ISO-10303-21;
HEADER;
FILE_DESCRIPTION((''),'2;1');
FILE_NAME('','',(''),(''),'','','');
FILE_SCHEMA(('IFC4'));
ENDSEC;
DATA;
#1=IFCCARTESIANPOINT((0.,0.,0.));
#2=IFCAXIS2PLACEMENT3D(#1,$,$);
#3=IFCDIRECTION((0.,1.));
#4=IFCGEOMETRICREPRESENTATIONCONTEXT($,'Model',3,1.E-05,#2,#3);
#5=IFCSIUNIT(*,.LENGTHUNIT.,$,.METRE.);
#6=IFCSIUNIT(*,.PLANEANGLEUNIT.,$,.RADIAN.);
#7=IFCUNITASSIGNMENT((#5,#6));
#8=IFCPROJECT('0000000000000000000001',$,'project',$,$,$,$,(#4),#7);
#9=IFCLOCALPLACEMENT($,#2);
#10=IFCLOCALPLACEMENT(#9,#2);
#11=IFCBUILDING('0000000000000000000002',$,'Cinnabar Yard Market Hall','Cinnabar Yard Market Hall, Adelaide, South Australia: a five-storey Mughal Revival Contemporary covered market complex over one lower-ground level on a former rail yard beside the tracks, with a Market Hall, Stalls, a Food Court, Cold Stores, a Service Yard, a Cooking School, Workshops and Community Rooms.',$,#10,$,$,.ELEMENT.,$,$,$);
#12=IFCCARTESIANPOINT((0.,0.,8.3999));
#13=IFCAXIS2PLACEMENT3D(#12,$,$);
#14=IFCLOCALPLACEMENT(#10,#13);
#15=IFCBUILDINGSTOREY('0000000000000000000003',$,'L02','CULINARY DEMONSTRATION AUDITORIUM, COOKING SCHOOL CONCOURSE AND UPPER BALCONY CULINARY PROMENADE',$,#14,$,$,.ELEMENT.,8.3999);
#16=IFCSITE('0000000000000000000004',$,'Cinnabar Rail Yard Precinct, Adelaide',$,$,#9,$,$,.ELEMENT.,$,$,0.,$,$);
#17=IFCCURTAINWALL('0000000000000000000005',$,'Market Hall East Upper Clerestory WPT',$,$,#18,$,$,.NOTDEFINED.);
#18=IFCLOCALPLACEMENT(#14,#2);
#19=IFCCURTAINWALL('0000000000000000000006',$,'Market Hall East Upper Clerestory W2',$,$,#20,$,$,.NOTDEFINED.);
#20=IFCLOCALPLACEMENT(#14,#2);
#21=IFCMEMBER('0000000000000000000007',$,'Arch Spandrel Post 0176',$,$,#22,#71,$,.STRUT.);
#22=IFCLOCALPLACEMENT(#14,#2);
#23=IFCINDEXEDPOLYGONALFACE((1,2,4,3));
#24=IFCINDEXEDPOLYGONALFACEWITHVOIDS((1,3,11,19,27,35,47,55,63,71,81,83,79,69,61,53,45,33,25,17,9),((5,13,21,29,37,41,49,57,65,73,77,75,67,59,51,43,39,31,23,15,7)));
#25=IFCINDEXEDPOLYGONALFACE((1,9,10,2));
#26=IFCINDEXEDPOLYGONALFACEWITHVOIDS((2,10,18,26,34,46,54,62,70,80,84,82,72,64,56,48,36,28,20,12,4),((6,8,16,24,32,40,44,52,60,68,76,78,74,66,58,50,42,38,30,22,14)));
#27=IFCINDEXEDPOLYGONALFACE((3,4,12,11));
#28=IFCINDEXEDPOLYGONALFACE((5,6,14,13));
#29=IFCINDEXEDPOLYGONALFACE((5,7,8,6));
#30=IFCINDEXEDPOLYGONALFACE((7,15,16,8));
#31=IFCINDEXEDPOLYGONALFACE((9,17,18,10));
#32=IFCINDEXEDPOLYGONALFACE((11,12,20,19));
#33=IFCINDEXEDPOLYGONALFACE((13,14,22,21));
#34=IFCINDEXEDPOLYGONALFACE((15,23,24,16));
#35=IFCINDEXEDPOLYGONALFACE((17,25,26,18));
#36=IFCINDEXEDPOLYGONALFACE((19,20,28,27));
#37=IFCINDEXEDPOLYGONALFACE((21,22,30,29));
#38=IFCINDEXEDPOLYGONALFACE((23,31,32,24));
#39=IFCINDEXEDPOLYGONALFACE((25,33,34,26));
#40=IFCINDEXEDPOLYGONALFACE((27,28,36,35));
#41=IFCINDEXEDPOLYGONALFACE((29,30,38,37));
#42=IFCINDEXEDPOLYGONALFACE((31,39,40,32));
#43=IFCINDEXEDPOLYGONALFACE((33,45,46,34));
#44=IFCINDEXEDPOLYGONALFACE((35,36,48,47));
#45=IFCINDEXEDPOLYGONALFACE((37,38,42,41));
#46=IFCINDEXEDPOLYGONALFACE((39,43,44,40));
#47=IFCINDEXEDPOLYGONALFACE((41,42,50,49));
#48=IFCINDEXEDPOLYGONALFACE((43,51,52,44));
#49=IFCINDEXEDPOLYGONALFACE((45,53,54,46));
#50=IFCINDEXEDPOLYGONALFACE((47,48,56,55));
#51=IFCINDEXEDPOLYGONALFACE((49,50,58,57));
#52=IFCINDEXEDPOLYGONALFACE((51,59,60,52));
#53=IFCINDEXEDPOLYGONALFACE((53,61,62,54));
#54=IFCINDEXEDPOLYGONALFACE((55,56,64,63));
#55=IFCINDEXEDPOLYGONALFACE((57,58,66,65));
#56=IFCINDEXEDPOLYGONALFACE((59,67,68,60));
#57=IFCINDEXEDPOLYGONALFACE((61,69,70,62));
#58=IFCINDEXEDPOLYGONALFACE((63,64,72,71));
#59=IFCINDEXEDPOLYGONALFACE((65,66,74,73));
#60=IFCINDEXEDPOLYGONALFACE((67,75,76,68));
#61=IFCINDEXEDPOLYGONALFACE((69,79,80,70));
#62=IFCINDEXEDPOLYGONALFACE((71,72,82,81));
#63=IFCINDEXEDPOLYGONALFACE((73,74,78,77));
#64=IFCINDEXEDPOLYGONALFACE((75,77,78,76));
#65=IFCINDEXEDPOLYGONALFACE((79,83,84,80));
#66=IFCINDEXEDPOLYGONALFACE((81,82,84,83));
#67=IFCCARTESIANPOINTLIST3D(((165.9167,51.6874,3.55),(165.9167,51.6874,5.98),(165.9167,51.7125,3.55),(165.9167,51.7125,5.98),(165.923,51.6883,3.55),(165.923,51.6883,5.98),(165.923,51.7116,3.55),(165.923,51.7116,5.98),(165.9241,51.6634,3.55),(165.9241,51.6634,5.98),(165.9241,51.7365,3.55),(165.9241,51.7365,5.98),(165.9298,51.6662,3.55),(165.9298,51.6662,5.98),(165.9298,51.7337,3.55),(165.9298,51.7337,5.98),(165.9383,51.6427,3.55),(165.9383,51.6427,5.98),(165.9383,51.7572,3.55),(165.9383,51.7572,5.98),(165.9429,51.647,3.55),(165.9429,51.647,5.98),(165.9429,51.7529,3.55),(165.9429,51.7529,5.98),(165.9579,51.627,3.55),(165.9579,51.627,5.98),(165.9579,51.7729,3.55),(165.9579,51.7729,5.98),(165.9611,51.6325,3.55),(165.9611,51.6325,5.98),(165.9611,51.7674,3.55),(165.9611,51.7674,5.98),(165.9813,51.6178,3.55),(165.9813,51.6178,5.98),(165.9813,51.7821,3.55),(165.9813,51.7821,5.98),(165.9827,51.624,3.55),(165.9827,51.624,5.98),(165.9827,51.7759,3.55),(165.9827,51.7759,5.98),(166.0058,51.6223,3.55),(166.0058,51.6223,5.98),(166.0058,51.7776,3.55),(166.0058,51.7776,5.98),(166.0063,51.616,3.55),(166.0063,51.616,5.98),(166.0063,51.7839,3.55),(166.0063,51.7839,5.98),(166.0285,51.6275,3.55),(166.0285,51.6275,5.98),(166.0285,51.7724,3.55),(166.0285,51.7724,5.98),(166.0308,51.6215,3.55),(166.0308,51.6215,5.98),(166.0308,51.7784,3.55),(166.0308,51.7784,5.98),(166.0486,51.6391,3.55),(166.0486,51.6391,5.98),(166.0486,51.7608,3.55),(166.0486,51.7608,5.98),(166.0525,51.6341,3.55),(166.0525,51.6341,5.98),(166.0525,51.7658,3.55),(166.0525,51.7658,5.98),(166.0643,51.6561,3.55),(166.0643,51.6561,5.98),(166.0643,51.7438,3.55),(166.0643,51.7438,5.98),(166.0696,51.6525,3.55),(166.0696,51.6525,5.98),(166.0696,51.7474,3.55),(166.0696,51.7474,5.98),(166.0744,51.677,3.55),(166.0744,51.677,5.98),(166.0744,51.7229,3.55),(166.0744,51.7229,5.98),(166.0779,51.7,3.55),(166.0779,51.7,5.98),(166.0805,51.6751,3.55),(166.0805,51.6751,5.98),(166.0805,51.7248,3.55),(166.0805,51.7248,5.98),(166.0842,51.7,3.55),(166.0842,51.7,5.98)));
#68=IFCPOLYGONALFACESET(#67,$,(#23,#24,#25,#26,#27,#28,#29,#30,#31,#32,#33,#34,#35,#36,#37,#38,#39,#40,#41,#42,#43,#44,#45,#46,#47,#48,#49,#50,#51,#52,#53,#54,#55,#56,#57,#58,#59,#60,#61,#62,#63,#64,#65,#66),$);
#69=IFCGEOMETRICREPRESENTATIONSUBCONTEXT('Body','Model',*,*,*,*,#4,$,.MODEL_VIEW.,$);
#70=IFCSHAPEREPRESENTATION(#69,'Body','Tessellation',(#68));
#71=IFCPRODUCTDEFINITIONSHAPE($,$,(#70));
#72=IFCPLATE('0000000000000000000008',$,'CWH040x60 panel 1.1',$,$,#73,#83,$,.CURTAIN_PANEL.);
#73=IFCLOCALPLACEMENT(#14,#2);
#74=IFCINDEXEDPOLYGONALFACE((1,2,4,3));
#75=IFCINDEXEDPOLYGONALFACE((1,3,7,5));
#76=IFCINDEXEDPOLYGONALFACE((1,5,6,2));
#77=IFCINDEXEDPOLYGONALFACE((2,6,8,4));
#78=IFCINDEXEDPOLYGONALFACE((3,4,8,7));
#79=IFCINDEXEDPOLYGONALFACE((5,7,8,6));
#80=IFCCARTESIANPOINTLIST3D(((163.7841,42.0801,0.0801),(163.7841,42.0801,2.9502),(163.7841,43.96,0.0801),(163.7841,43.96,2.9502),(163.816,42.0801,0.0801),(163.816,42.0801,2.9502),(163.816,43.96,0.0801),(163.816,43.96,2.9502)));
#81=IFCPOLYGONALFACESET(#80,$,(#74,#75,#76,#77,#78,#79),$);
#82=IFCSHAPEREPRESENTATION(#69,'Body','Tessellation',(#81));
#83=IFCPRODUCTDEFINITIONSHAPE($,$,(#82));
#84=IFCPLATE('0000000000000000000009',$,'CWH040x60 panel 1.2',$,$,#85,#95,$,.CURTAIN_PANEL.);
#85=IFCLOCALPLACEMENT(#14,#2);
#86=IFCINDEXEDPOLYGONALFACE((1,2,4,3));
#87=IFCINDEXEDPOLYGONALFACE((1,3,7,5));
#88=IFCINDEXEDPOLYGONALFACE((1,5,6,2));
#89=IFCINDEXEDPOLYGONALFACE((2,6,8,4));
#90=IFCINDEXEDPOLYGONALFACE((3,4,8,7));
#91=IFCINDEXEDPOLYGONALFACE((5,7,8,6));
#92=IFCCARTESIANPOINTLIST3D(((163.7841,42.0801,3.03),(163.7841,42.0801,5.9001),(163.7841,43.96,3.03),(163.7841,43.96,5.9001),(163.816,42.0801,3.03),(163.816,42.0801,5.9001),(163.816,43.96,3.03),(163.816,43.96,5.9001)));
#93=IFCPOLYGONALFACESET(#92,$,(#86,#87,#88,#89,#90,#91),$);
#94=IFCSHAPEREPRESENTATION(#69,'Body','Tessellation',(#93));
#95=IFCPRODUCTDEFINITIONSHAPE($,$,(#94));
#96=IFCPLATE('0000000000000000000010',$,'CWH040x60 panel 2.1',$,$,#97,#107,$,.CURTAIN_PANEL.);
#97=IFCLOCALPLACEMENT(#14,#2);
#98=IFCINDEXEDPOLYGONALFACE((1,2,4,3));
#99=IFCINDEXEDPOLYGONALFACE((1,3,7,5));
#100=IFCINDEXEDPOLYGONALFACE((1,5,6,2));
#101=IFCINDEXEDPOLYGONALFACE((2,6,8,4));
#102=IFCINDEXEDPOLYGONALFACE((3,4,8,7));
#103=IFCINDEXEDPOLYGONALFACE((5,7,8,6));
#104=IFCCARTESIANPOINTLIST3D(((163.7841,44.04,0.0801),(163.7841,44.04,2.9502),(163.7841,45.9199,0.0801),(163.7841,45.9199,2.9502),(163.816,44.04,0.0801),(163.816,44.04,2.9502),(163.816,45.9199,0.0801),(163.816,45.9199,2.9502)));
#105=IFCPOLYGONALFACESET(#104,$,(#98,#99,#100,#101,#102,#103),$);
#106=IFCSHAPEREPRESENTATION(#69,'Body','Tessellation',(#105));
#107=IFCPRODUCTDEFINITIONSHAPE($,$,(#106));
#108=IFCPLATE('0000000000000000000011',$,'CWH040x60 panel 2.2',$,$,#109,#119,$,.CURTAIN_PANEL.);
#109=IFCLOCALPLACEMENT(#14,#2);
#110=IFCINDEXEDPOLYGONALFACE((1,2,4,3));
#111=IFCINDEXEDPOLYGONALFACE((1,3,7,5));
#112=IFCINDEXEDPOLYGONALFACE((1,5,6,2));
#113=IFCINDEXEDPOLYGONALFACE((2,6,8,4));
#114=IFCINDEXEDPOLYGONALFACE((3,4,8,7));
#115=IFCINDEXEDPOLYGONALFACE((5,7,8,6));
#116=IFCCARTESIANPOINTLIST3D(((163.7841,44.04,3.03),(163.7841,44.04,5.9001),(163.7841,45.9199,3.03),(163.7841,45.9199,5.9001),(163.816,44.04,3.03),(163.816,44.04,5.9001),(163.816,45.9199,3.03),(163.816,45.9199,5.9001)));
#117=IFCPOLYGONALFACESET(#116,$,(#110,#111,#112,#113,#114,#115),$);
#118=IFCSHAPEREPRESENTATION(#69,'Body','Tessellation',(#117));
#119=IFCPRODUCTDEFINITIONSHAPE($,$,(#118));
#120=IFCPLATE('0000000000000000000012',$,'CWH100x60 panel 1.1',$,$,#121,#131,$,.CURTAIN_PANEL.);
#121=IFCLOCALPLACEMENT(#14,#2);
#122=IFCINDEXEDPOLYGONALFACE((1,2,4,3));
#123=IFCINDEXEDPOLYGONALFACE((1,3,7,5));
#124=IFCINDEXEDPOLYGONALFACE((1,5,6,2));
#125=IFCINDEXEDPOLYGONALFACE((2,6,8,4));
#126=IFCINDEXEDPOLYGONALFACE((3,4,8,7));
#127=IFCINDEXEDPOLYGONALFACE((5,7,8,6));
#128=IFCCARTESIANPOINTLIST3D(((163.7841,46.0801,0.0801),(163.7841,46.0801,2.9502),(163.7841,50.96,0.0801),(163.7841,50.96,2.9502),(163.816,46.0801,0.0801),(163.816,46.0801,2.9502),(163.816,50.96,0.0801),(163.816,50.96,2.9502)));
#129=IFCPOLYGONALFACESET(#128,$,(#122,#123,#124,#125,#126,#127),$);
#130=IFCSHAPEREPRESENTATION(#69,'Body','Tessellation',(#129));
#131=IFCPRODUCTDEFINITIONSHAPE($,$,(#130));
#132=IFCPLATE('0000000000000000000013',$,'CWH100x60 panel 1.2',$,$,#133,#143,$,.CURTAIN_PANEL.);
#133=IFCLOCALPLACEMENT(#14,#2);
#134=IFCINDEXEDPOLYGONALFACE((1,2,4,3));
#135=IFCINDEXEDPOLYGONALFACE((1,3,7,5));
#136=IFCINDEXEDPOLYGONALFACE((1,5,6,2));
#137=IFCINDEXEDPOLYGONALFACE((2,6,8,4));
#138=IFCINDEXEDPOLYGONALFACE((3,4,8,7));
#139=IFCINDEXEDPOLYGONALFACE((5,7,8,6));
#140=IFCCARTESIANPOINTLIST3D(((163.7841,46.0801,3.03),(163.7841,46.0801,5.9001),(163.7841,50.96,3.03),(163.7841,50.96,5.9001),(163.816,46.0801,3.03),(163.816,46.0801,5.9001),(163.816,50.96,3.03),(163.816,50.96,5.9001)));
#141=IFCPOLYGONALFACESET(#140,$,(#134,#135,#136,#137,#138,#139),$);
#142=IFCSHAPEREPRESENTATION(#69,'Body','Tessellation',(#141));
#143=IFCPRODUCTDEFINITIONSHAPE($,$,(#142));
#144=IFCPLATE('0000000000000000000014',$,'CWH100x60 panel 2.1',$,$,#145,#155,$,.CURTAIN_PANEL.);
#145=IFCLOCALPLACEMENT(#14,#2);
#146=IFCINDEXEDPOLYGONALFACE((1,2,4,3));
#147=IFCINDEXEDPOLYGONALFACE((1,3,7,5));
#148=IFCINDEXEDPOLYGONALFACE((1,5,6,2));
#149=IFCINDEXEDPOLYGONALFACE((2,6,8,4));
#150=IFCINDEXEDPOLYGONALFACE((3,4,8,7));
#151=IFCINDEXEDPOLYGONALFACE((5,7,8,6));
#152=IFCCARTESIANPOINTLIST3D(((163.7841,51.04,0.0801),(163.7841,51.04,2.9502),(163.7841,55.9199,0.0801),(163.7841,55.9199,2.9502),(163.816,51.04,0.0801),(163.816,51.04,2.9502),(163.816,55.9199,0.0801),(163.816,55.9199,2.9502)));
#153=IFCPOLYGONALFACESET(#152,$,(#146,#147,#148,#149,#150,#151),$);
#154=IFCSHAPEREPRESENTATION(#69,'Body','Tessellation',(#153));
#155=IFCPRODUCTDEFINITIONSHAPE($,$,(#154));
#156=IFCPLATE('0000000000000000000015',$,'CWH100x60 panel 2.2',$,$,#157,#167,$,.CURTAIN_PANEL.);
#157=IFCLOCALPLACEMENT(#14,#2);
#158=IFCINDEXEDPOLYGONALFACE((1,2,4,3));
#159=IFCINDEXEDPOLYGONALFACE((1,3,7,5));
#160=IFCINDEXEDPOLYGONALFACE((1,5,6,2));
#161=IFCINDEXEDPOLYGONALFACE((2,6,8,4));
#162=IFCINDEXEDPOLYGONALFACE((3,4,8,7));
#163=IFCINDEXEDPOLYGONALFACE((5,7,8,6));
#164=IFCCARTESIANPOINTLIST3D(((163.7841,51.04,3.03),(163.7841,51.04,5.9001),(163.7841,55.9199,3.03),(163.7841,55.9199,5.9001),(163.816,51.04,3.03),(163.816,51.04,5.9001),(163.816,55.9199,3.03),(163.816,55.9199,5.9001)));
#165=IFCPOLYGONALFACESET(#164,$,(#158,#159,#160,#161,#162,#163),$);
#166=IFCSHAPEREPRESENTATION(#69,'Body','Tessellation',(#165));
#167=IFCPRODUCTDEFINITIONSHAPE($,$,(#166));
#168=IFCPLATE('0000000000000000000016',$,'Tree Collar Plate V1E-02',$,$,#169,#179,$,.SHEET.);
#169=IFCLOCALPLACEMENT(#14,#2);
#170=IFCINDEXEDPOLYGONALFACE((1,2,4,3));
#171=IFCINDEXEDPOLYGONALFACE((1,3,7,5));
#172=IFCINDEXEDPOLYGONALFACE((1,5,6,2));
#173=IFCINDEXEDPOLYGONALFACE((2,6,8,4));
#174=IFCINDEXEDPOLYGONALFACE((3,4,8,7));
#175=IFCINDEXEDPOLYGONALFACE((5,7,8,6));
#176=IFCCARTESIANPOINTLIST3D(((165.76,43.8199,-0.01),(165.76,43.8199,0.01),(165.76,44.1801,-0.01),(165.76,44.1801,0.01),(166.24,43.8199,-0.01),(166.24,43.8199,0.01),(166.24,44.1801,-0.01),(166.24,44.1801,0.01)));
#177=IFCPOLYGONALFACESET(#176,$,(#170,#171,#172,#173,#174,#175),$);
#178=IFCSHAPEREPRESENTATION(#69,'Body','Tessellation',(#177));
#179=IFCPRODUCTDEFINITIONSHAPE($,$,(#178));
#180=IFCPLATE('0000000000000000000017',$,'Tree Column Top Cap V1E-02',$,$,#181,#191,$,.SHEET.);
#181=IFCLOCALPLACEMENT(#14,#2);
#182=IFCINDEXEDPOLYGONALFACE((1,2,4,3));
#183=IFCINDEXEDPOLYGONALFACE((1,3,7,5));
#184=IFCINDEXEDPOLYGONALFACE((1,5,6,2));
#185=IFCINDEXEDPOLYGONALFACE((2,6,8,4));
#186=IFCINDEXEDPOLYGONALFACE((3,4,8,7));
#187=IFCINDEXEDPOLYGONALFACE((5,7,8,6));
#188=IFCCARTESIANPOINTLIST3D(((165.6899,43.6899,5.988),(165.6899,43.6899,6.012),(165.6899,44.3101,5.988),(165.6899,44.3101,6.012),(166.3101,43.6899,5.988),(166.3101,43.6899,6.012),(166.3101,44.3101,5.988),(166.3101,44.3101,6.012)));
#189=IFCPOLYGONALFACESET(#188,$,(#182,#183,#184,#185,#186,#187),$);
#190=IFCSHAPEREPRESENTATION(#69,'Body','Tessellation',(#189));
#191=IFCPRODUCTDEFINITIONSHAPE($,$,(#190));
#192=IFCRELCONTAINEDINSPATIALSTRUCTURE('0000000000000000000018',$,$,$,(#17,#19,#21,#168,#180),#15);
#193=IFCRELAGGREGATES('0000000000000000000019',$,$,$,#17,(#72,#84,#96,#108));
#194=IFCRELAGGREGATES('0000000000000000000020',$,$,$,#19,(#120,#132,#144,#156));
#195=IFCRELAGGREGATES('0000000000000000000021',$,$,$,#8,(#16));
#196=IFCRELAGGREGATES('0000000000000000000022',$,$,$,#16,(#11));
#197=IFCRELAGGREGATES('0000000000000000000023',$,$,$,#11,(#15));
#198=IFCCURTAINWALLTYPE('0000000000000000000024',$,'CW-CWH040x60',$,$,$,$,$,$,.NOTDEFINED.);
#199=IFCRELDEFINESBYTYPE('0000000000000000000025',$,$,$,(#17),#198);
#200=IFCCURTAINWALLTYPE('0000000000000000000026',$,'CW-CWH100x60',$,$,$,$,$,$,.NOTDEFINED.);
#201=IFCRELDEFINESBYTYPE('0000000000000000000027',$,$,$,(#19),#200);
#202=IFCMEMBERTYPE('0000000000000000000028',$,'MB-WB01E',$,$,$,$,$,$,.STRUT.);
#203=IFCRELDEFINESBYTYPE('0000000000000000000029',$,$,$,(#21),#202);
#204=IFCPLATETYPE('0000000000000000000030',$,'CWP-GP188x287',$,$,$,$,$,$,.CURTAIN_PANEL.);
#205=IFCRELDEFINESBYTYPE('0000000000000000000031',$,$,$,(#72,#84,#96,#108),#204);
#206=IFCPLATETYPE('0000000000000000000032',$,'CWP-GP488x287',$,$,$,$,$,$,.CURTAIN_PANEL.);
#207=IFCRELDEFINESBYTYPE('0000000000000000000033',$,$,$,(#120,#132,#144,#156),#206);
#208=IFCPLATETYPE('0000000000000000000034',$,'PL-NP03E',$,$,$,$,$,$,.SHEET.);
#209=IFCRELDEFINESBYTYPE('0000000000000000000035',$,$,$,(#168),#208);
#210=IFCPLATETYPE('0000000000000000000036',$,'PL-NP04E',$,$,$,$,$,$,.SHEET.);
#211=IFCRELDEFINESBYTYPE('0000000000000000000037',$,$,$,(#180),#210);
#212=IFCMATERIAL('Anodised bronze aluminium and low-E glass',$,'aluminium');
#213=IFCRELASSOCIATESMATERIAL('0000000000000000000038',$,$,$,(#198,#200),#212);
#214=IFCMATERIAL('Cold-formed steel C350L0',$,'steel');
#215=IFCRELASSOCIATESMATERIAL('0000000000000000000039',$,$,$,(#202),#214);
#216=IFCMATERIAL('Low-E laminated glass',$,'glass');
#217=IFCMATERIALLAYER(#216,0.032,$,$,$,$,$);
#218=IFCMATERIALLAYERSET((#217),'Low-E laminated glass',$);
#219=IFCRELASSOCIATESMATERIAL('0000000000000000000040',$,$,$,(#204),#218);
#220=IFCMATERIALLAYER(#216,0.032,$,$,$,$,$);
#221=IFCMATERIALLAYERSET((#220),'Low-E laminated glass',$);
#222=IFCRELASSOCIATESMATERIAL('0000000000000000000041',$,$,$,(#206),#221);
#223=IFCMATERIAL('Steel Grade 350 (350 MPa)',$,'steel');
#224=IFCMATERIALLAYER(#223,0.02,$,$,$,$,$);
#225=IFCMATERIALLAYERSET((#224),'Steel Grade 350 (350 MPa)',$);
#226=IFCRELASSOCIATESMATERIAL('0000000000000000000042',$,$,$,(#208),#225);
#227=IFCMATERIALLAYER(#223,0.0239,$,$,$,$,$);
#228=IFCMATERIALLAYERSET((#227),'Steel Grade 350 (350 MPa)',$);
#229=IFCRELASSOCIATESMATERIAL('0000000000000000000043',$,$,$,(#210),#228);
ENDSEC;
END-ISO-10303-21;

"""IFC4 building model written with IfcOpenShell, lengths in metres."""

from ifc_helpers import new_model, si_unit, direction, frame, origin, origin_2d_with_axis, place, context, subcontext, project, spatial, rectangle, hollow_circle, extrude, material, layer, layer_set, material_profile, profile_set, type_object, element, aggregate, save


model = new_model("IFC4")

# Units and contexts
model_context = context("Model", 3, precision=1e-05, world=origin(), true_north=direction((0.0, 1.0)))
body_context = subcontext(model_context, "Body", "Model", "MODEL_VIEW")
ifc_project = project(units=[si_unit("LENGTHUNIT", "METRE"), si_unit("PLANEANGLEUNIT", "RADIAN")], contexts=[model_context])

# Site, building, storey
site_placement = place(None, origin())
site = spatial("IfcSite", under=ifc_project, at=site_placement, Name="Cinnabar Rail Yard Precinct, Adelaide", CompositionType="ELEMENT", RefElevation=0.0)
building_placement = place(site_placement, origin())
building = spatial("IfcBuilding", under=site, at=building_placement, Name="Cinnabar Yard Market Hall", Description="Cinnabar Yard Market Hall, Adelaide, South Australia: a five-storey Mughal Revival Contemporary covered market complex over one lower-ground level on a former rail yard beside the tracks, with a Market Hall, Stalls, a Food Court, Cold Stores, a Service Yard, a Cooking School, Workshops and Community Rooms.", CompositionType="ELEMENT")
storey_placement = place(building_placement, frame((0.0, 0.0, 8.3999)))
storey = spatial("IfcBuildingStorey", under=building, at=storey_placement, Name="L02", Description="CULINARY DEMONSTRATION AUDITORIUM, COOKING SCHOOL CONCOURSE AND UPPER BALCONY CULINARY PROMENADE", CompositionType="ELEMENT", Elevation=8.3999)

# Curtain walls
ifc_material_1 = material(Name="Anodised bronze aluminium and low-E glass", Category="aluminium")
curtain_wall_type_1 = type_object("IfcCurtainWallType", Name="CW-CWH040x60", PredefinedType="NOTDEFINED", material=ifc_material_1)
curtain_wall_1_placement = place(storey_placement, origin())
curtain_wall_1 = element("IfcCurtainWall", 1, at=curtain_wall_1_placement, inside=storey, type_object=curtain_wall_type_1, Name="Market Hall East Upper Clerestory WPT", PredefinedType="NOTDEFINED")
curtain_wall_type_2 = type_object("IfcCurtainWallType", Name="CW-CWH100x60", PredefinedType="NOTDEFINED", material=ifc_material_1)
curtain_wall_2_placement = place(storey_placement, origin())
curtain_wall_2 = element("IfcCurtainWall", 2, at=curtain_wall_2_placement, inside=storey, type_object=curtain_wall_type_2, Name="Market Hall East Upper Clerestory W2", PredefinedType="NOTDEFINED")

# Member
ifc_material_2 = material(Name="Cold-formed steel C350L0", Category="steel")
ifc_material_profile_1 = material_profile(ifc_material_2, hollow_circle(Radius=0.0842, WallThickness=0.0063, at=origin_2d_with_axis()), Name="168.3x6.4CHS")
ifc_profile_set_1 = profile_set([ifc_material_profile_1], Name="Cold-formed steel C350L0")
member_type_1 = type_object("IfcMemberType", Name="MB-WB01E", PredefinedType="STRUT", material=ifc_profile_set_1)
for number, where, z_axis, x_axis, name in (
    (3, (166.0, 51.7, 3.55), (0.0, 0.0, 1.0), (1.0, 0.0, 0.0), "Arch Spandrel Post 0176"),
):
    element("IfcMember", number, at=place(storey_placement, frame(where, z_axis=z_axis, x_axis=x_axis)), inside=storey, type_object=member_type_1, Name=name, PredefinedType="STRUT", context=body_context, shape_type="SweptSolid", body=[
        extrude(hollow_circle(Radius=0.0842, WallThickness=0.0063, at=origin_2d_with_axis()), origin(), (0.0, 0.0, 1.0), 2.4299),
    ])

# Plates
ifc_material_3 = material(Name="Low-E laminated glass", Category="glass")
ifc_layer_1 = layer(ifc_material_3, 0.032)
ifc_layer_set_1 = layer_set([ifc_layer_1], Name="Low-E laminated glass")
plate_type_1 = type_object("IfcPlateType", Name="CWP-GP188x287", PredefinedType="CURTAIN_PANEL", material=ifc_layer_set_1)
plate_1_placement = place(storey_placement, frame((163.8, 43.02, 0.0801), z_axis=(0.0, 0.0, 1.0), x_axis=(0.0, 1.0, 0.0)))
plate_1 = element("IfcPlate", 4, at=plate_1_placement, type_object=plate_type_1, Name="CWH040x60 panel 1.1", PredefinedType="CURTAIN_PANEL", context=body_context, shape_type="SweptSolid", body=[
    extrude(rectangle(XDim=1.8799, YDim=0.032, at=origin_2d_with_axis()), origin(), (0.0, 0.0, 1.0), 2.8701),
])
plate_2_placement = place(storey_placement, frame((163.8, 43.02, 3.03), z_axis=(0.0, 0.0, 1.0), x_axis=(0.0, 1.0, 0.0)))
plate_2 = element("IfcPlate", 5, at=plate_2_placement, type_object=plate_type_1, Name="CWH040x60 panel 1.2", PredefinedType="CURTAIN_PANEL", context=body_context, shape_type="SweptSolid", body=[
    extrude(rectangle(XDim=1.8799, YDim=0.032, at=origin_2d_with_axis()), origin(), (0.0, 0.0, 1.0), 2.8701),
])
plate_3_placement = place(storey_placement, frame((163.8, 44.98, 0.0801), z_axis=(0.0, 0.0, 1.0), x_axis=(0.0, 1.0, 0.0)))
plate_3 = element("IfcPlate", 6, at=plate_3_placement, type_object=plate_type_1, Name="CWH040x60 panel 2.1", PredefinedType="CURTAIN_PANEL", context=body_context, shape_type="SweptSolid", body=[
    extrude(rectangle(XDim=1.8799, YDim=0.032, at=origin_2d_with_axis()), origin(), (0.0, 0.0, 1.0), 2.8701),
])
plate_4_placement = place(storey_placement, frame((163.8, 44.98, 3.03), z_axis=(0.0, 0.0, 1.0), x_axis=(0.0, 1.0, 0.0)))
plate_4 = element("IfcPlate", 7, at=plate_4_placement, type_object=plate_type_1, Name="CWH040x60 panel 2.2", PredefinedType="CURTAIN_PANEL", context=body_context, shape_type="SweptSolid", body=[
    extrude(rectangle(XDim=1.8799, YDim=0.032, at=origin_2d_with_axis()), origin(), (0.0, 0.0, 1.0), 2.8701),
])
aggregate(curtain_wall_1, [plate_1, plate_2, plate_3, plate_4])
ifc_layer_2 = layer(ifc_material_3, 0.032)
ifc_layer_set_2 = layer_set([ifc_layer_2], Name="Low-E laminated glass")
plate_type_2 = type_object("IfcPlateType", Name="CWP-GP488x287", PredefinedType="CURTAIN_PANEL", material=ifc_layer_set_2)
plate_5_placement = place(storey_placement, frame((163.8, 48.52, 0.0801), z_axis=(0.0, 0.0, 1.0), x_axis=(0.0, 1.0, 0.0)))
plate_5 = element("IfcPlate", 8, at=plate_5_placement, type_object=plate_type_2, Name="CWH100x60 panel 1.1", PredefinedType="CURTAIN_PANEL", context=body_context, shape_type="SweptSolid", body=[
    extrude(rectangle(XDim=4.8799, YDim=0.032, at=origin_2d_with_axis()), origin(), (0.0, 0.0, 1.0), 2.8701),
])
plate_6_placement = place(storey_placement, frame((163.8, 48.52, 3.03), z_axis=(0.0, 0.0, 1.0), x_axis=(0.0, 1.0, 0.0)))
plate_6 = element("IfcPlate", 9, at=plate_6_placement, type_object=plate_type_2, Name="CWH100x60 panel 1.2", PredefinedType="CURTAIN_PANEL", context=body_context, shape_type="SweptSolid", body=[
    extrude(rectangle(XDim=4.8799, YDim=0.032, at=origin_2d_with_axis()), origin(), (0.0, 0.0, 1.0), 2.8701),
])
plate_7_placement = place(storey_placement, frame((163.8, 53.48, 0.0801), z_axis=(0.0, 0.0, 1.0), x_axis=(0.0, 1.0, 0.0)))
plate_7 = element("IfcPlate", 10, at=plate_7_placement, type_object=plate_type_2, Name="CWH100x60 panel 2.1", PredefinedType="CURTAIN_PANEL", context=body_context, shape_type="SweptSolid", body=[
    extrude(rectangle(XDim=4.8799, YDim=0.032, at=origin_2d_with_axis()), origin(), (0.0, 0.0, 1.0), 2.8701),
])
plate_8_placement = place(storey_placement, frame((163.8, 53.48, 3.03), z_axis=(0.0, 0.0, 1.0), x_axis=(0.0, 1.0, 0.0)))
plate_8 = element("IfcPlate", 11, at=plate_8_placement, type_object=plate_type_2, Name="CWH100x60 panel 2.2", PredefinedType="CURTAIN_PANEL", context=body_context, shape_type="SweptSolid", body=[
    extrude(rectangle(XDim=4.8799, YDim=0.032, at=origin_2d_with_axis()), origin(), (0.0, 0.0, 1.0), 2.8701),
])
aggregate(curtain_wall_2, [plate_5, plate_6, plate_7, plate_8])

# Plates
ifc_material_4 = material(Name="Steel Grade 350 (350 MPa)", Category="steel")
ifc_layer_3 = layer(ifc_material_4, 0.02)
ifc_layer_set_3 = layer_set([ifc_layer_3], Name="Steel Grade 350 (350 MPa)")
plate_type_3 = type_object("IfcPlateType", Name="PL-NP03E", PredefinedType="SHEET", material=ifc_layer_set_3)
plate_9_placement = place(storey_placement, frame((166.0, 44.0, -0.01), z_axis=(0.0, 0.0, 1.0), x_axis=(1.0, 0.0, 0.0)))
element("IfcPlate", 12, at=plate_9_placement, inside=storey, type_object=plate_type_3, Name="Tree Collar Plate V1E-02", PredefinedType="SHEET", context=body_context, shape_type="SweptSolid", body=[
    extrude(rectangle(XDim=0.48, YDim=0.3601, at=origin_2d_with_axis()), origin(), (0.0, 0.0, 1.0), 0.02),
])
ifc_layer_4 = layer(ifc_material_4, 0.0239)
ifc_layer_set_4 = layer_set([ifc_layer_4], Name="Steel Grade 350 (350 MPa)")
plate_type_4 = type_object("IfcPlateType", Name="PL-NP04E", PredefinedType="SHEET", material=ifc_layer_set_4)
plate_10_placement = place(storey_placement, frame((166.0, 44.0, 5.988), z_axis=(0.0, 0.0, 1.0), x_axis=(1.0, 0.0, 0.0)))
element("IfcPlate", 13, at=plate_10_placement, inside=storey, type_object=plate_type_4, Name="Tree Column Top Cap V1E-02", PredefinedType="SHEET", context=body_context, shape_type="SweptSolid", body=[
    extrude(rectangle(XDim=0.6201, YDim=0.6201, at=origin_2d_with_axis()), origin(), (0.0, 0.0, 1.0), 0.0239),
])

save(model, "model.ifc")
